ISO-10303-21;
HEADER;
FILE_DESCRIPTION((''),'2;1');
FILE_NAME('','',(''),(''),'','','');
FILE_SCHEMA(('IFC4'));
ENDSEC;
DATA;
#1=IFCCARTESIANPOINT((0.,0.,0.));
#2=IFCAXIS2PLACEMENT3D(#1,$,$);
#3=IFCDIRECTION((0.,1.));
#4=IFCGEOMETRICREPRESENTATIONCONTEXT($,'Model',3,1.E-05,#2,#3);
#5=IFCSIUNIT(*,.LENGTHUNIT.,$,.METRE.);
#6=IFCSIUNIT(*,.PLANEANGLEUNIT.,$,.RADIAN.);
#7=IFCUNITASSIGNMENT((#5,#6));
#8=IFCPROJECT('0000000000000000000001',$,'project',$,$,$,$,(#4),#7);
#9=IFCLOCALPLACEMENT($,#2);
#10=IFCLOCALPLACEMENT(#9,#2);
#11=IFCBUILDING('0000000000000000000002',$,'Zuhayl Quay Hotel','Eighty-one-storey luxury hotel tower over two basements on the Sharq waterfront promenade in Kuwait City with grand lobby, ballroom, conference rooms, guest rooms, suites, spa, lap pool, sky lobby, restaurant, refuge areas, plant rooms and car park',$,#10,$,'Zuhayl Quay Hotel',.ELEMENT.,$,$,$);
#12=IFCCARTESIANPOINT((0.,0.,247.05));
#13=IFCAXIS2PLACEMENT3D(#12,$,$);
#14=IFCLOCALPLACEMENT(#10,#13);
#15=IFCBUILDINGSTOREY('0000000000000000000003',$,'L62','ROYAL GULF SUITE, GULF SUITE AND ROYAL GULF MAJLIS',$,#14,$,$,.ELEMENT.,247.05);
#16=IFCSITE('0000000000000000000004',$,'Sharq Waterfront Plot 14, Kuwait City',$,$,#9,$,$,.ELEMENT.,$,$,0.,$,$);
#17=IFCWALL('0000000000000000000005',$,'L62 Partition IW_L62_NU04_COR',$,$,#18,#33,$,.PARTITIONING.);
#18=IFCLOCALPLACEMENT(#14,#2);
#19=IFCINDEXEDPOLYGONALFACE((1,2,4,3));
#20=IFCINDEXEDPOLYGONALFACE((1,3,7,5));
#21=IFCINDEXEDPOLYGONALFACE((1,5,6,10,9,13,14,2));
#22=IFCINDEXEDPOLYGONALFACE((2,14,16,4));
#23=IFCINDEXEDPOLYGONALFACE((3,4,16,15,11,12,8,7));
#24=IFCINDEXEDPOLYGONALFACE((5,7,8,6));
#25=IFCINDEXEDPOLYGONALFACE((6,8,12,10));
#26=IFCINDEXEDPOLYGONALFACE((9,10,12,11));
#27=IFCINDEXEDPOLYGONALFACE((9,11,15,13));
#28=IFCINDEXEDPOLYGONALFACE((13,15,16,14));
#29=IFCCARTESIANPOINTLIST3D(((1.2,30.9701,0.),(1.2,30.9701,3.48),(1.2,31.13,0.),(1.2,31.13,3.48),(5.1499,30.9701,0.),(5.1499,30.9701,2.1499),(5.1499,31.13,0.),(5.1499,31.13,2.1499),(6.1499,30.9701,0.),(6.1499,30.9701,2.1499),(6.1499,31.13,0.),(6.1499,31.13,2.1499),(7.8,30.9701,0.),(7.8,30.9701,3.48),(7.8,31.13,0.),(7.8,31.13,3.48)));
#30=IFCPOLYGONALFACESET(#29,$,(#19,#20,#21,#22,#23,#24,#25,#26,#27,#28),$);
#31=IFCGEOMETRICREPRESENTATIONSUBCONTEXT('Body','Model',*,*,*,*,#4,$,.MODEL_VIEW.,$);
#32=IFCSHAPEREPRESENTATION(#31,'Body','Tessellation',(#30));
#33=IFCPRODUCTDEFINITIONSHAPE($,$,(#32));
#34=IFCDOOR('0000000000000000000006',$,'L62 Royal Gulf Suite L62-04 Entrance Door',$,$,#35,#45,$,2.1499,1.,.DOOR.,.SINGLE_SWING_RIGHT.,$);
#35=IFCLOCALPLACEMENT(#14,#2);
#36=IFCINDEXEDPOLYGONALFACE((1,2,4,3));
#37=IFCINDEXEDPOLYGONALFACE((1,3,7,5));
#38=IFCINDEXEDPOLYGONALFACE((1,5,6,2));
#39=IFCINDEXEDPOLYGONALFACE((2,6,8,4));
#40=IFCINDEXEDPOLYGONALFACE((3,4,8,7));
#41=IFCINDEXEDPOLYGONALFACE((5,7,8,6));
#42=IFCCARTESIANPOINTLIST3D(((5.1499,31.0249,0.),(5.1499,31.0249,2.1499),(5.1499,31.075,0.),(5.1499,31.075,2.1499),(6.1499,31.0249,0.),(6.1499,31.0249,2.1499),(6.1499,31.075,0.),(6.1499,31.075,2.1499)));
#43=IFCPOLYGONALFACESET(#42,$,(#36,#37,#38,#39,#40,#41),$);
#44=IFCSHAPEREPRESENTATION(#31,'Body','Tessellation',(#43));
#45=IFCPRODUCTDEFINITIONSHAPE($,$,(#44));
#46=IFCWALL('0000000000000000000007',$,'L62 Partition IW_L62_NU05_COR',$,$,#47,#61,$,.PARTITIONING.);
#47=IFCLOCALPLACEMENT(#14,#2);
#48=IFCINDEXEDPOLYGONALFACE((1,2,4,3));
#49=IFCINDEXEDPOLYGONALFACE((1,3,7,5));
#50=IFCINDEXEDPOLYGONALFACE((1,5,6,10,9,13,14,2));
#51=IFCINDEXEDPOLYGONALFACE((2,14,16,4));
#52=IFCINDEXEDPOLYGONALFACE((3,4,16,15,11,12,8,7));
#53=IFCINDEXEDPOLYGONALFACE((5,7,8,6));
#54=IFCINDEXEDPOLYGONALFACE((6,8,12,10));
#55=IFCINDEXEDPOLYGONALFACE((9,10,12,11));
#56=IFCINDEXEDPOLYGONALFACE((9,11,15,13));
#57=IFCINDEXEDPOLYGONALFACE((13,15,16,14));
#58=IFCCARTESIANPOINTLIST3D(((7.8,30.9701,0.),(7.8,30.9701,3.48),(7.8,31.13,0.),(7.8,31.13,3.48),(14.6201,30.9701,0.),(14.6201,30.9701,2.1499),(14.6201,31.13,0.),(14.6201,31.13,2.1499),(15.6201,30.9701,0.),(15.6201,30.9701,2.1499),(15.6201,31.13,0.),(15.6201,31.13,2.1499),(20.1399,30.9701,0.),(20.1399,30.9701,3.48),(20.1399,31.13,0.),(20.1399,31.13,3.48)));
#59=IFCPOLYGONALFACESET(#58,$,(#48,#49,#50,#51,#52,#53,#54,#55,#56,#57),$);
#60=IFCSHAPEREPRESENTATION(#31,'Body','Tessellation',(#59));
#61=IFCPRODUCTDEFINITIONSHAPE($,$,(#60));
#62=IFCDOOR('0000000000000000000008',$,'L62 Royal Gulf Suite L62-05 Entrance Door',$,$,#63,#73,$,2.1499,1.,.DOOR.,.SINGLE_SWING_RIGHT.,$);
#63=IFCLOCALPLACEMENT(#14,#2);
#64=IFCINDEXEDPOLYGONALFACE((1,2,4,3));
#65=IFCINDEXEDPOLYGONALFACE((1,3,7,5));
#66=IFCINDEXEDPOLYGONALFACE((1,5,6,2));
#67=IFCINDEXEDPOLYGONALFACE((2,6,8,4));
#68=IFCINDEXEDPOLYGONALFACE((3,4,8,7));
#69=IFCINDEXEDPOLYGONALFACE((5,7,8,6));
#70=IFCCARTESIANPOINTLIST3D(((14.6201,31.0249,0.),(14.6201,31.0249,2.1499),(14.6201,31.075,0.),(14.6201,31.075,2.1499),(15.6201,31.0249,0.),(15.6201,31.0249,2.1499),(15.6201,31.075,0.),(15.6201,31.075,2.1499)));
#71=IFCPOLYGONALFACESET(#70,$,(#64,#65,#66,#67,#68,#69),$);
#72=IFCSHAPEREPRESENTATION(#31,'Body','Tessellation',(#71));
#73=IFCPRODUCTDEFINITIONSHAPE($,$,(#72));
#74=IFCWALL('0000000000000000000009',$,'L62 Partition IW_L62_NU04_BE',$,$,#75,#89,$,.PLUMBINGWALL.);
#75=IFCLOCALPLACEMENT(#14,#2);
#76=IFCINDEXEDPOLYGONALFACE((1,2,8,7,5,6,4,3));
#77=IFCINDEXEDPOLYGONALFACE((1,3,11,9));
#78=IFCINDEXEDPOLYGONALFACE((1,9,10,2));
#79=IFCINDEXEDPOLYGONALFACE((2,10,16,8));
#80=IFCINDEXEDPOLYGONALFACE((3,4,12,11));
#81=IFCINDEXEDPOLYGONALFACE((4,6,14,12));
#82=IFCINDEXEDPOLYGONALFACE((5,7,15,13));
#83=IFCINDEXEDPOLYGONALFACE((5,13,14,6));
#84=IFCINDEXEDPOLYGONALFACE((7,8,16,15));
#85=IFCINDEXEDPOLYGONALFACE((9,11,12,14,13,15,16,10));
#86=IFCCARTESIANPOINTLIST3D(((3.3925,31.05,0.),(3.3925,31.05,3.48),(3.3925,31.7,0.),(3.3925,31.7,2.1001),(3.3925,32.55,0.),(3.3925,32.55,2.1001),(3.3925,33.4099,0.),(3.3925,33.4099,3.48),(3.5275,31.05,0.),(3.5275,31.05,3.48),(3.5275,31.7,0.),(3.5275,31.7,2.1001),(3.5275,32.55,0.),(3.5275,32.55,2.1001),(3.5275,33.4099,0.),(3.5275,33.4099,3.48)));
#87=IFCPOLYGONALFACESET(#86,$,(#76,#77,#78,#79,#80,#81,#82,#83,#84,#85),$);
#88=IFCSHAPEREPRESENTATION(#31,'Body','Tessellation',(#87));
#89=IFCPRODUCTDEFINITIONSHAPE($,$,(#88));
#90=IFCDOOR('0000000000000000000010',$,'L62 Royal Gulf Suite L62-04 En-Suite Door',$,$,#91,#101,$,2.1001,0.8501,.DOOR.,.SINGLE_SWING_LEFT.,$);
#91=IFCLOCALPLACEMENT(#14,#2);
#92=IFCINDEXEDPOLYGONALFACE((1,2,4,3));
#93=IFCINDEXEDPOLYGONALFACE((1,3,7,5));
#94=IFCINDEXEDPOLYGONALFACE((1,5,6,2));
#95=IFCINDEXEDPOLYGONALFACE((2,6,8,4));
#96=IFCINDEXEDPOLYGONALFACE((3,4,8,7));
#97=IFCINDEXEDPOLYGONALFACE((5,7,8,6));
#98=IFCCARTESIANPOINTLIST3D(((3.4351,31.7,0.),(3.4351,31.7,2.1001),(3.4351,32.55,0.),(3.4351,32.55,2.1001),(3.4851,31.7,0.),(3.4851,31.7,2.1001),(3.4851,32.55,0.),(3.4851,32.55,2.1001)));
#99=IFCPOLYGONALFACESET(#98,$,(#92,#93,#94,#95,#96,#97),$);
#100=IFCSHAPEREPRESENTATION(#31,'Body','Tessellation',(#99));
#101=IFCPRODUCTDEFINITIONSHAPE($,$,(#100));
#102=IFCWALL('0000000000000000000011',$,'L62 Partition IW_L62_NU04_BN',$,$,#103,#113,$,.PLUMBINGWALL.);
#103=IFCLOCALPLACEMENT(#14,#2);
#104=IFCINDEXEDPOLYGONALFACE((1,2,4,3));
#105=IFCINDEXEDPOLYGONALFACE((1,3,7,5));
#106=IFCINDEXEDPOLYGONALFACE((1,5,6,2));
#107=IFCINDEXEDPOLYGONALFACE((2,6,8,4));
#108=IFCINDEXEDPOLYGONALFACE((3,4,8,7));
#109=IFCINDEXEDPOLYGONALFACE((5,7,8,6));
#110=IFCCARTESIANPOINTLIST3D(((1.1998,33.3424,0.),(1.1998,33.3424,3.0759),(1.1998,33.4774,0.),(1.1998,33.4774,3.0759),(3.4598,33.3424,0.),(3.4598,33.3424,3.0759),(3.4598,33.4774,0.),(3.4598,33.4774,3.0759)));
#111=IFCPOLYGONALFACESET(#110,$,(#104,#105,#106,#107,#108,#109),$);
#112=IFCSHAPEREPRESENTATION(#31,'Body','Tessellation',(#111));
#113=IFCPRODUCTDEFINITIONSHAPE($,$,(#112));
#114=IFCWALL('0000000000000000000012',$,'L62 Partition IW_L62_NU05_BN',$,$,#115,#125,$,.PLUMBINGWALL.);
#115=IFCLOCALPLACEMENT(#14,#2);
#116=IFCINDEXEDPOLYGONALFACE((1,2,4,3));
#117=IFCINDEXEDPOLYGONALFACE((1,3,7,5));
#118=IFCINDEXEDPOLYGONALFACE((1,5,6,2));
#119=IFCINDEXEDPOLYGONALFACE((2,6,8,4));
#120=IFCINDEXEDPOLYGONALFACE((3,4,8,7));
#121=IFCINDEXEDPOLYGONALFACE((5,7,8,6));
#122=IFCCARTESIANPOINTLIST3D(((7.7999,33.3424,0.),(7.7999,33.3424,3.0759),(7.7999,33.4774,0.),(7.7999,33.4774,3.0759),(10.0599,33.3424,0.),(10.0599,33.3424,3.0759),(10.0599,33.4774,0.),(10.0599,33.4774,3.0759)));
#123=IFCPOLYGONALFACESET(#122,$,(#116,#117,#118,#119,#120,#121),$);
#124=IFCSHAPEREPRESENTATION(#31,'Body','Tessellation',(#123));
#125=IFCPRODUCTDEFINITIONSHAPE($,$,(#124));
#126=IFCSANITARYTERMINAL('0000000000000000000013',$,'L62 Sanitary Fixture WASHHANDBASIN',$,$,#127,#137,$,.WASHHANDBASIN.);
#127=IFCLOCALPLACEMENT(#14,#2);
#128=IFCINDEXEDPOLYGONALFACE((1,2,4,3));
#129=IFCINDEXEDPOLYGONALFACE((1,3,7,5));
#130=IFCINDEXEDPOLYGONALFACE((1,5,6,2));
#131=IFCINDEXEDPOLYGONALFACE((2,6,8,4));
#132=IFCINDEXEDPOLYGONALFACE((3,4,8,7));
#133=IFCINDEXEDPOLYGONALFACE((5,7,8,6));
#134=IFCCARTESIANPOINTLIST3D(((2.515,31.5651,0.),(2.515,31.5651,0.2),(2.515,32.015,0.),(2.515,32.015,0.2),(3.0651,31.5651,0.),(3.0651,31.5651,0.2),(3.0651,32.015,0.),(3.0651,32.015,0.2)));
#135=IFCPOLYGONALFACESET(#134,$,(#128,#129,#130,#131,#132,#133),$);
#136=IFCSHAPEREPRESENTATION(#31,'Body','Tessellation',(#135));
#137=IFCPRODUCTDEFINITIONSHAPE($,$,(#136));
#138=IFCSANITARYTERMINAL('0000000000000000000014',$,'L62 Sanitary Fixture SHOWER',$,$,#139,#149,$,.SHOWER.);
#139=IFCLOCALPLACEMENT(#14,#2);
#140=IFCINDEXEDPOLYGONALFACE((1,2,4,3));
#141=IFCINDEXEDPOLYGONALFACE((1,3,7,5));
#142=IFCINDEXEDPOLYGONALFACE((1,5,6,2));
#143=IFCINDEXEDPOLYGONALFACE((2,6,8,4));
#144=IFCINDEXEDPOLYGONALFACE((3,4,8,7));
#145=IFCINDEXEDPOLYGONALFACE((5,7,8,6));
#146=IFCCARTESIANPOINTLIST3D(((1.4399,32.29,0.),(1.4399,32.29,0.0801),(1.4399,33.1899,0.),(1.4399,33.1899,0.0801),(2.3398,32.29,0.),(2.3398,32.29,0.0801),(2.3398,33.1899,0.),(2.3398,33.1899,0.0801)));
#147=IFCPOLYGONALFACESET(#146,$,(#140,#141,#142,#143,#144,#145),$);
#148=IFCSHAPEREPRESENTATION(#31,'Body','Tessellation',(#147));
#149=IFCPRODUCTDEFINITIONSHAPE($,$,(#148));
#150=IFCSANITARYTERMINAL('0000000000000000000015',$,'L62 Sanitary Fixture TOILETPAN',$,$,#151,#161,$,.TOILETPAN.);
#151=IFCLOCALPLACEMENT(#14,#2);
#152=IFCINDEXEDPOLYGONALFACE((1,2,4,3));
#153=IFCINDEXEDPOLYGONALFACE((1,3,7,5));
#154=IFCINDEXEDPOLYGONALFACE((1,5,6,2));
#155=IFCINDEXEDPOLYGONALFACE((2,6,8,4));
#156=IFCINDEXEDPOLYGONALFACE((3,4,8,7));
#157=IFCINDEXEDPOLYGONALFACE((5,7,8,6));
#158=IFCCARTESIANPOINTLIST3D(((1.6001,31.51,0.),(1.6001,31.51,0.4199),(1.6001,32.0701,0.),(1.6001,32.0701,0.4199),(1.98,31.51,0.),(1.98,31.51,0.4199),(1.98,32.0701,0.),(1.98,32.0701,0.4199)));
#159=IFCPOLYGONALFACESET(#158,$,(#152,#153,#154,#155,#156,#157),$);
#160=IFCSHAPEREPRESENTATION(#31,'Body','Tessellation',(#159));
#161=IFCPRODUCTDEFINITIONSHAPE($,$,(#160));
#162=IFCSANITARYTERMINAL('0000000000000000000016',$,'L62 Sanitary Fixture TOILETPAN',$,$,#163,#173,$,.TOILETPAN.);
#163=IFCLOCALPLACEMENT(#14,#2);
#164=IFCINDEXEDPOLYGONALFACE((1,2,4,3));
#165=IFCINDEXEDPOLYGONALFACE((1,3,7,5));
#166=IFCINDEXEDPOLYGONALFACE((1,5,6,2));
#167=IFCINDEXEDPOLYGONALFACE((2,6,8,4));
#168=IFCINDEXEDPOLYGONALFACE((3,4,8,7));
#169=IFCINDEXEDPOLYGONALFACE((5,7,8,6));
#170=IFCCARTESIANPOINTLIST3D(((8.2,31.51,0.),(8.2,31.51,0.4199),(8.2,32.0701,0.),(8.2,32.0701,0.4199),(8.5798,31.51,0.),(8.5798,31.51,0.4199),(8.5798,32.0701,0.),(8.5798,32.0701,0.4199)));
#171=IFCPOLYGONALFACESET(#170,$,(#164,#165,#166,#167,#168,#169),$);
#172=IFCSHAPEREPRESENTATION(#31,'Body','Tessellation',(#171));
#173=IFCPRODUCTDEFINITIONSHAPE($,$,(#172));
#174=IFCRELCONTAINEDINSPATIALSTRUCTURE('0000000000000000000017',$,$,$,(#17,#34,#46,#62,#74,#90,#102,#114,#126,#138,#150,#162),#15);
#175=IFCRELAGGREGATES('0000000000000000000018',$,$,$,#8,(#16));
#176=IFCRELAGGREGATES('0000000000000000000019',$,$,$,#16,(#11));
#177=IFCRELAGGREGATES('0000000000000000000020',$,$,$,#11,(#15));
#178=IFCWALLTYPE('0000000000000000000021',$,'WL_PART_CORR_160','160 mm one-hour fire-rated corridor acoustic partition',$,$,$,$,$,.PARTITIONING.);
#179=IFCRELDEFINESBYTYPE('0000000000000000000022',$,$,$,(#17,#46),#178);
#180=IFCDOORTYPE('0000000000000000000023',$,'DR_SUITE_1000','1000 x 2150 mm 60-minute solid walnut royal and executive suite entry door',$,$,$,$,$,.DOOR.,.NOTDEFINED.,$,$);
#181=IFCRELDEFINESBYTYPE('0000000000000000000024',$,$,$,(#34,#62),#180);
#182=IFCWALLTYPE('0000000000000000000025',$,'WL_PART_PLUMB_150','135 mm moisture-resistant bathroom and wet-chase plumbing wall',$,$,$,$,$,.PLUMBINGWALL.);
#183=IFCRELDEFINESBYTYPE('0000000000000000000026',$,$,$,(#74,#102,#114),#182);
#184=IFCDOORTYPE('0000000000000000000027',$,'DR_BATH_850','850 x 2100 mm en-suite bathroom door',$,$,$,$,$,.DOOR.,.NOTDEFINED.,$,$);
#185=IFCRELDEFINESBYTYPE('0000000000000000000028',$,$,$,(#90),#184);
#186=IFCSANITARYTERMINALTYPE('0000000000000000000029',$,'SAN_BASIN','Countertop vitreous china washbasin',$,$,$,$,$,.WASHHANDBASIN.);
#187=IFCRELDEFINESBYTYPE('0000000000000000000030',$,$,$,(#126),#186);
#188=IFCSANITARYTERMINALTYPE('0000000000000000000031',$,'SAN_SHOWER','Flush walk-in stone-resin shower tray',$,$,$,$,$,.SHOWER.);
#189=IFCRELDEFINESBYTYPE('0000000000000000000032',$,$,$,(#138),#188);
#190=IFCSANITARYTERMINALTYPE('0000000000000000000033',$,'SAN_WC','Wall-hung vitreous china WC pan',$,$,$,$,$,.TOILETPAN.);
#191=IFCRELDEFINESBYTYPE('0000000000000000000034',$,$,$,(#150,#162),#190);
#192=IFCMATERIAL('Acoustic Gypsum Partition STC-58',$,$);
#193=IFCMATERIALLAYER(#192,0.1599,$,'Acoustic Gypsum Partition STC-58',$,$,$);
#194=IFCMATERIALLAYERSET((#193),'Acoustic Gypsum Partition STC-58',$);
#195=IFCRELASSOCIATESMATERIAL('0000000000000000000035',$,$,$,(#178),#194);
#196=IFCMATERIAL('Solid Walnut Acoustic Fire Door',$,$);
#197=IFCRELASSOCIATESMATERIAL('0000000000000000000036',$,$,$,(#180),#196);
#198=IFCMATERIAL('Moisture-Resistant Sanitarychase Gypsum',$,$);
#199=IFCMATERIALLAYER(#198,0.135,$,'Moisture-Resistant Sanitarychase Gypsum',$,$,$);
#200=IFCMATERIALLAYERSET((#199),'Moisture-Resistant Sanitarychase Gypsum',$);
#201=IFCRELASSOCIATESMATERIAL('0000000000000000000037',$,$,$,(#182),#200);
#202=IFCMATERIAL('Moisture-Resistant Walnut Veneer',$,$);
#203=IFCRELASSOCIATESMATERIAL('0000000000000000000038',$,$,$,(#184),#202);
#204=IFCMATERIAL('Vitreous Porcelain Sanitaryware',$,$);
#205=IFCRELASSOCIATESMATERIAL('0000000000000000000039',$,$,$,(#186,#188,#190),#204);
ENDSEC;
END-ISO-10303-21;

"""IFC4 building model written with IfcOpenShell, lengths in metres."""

from ifc_helpers import new_model, si_unit, direction, frame, frame_2d, origin, origin_2d, place, context, subcontext, project, spatial, rectangle, extrude, material, layer, layer_set, type_object, element, fill, save


model = new_model("IFC4")

# Units and contexts
model_context = context("Model", 3, precision=1e-05, world=origin(), true_north=direction((0.0, 1.0)))
body_context = subcontext(model_context, "Body", "Model", "MODEL_VIEW")
ifc_project = project(units=[si_unit("LENGTHUNIT", "METRE"), si_unit("PLANEANGLEUNIT", "RADIAN")], contexts=[model_context])

# Site, building, storey
site_placement = place(None, origin())
site = spatial("IfcSite", under=ifc_project, at=site_placement, Name="Sharq Waterfront Plot 14, Kuwait City", CompositionType="ELEMENT", RefElevation=0.0)
building_placement = place(site_placement, origin())
building = spatial("IfcBuilding", under=site, at=building_placement, Name="Zuhayl Quay Hotel", Description="Eighty-one-storey luxury hotel tower over two basements on the Sharq waterfront promenade in Kuwait City with grand lobby, ballroom, conference rooms, guest rooms, suites, spa, lap pool, sky lobby, restaurant, refuge areas, plant rooms and car park", LongName="Zuhayl Quay Hotel", CompositionType="ELEMENT")
storey_placement = place(building_placement, frame((0.0, 0.0, 247.05)))
storey = spatial("IfcBuildingStorey", under=building, at=storey_placement, Name="L62", Description="ROYAL GULF SUITE, GULF SUITE AND ROYAL GULF MAJLIS", CompositionType="ELEMENT", Elevation=247.05)

# Shared definitions
ifc_material_1 = material(Name="Acoustic Gypsum Partition STC-58")

# Walls, openings, doors
ifc_layer_1 = layer(ifc_material_1, 0.1599, Name="Acoustic Gypsum Partition STC-58")
ifc_layer_set_1 = layer_set([ifc_layer_1], Name="Acoustic Gypsum Partition STC-58")
wall_type_1 = type_object("IfcWallType", Name="WL_PART_CORR_160", Description="160 mm one-hour fire-rated corridor acoustic partition", PredefinedType="PARTITIONING", material=ifc_layer_set_1)
wall_1_placement = place(storey_placement, frame((1.2, 31.05, 0.0), z_axis=(0.0, 0.0, 1.0), x_axis=(1.0, 0.0, 0.0)))
wall_1 = element("IfcWall", 1, at=wall_1_placement, inside=storey, type_object=wall_type_1, Name="L62 Partition IW_L62_NU04_COR", PredefinedType="PARTITIONING", context=body_context, shape_type="SweptSolid", body=[
    extrude(rectangle(XDim=6.6001, YDim=0.1599, at=frame_2d((3.3, 0.0))), origin(), (0.0, 0.0, 1.0), 3.48),
])
opening_1_placement = place(wall_1_placement, frame((3.95, 0.0, 0.0)))
opening_1 = element("IfcOpeningElement", 2, at=opening_1_placement, cuts=wall_1, PredefinedType="OPENING", context=body_context, shape_type="SweptSolid", body=[
    extrude(rectangle(XDim=1.0, YDim=2.1499, at=frame_2d((0.5, 1.075))), frame((0.0, 0.0898, 0.0), z_axis=(0.0, -1.0, 0.0), x_axis=(1.0, 0.0, 0.0)), (0.0, 0.0, 1.0), 0.1799),
])
ifc_material_2 = material(Name="Solid Walnut Acoustic Fire Door")
door_type_1 = type_object("IfcDoorType", Name="DR_SUITE_1000", Description="1000 x 2150 mm 60-minute solid walnut royal and executive suite entry door", OperationType="NOTDEFINED", PredefinedType="DOOR", material=ifc_material_2)
door_1_placement = place(opening_1_placement, origin())
door_1 = element("IfcDoor", 3, at=door_1_placement, inside=storey, type_object=door_type_1, Name="L62 Royal Gulf Suite L62-04 Entrance Door", OperationType="SINGLE_SWING_RIGHT", OverallHeight=2.1499, OverallWidth=1.0, PredefinedType="DOOR", context=body_context, shape_type="SweptSolid", body=[
    extrude(rectangle(XDim=1.0, YDim=2.1499, at=frame_2d((0.5, 1.075))), frame((0.0, 0.0249, 0.0), z_axis=(0.0, -1.0, 0.0), x_axis=(1.0, 0.0, 0.0)), (0.0, 0.0, 1.0), 0.05),
])
fill(opening_1, door_1)
wall_2_placement = place(storey_placement, frame((7.8, 31.05, 0.0), z_axis=(0.0, 0.0, 1.0), x_axis=(1.0, 0.0, 0.0)))
wall_2 = element("IfcWall", 4, at=wall_2_placement, inside=storey, type_object=wall_type_1, Name="L62 Partition IW_L62_NU05_COR", PredefinedType="PARTITIONING", context=body_context, shape_type="SweptSolid", body=[
    extrude(rectangle(XDim=12.3398, YDim=0.1599, at=frame_2d((6.1699, 0.0))), origin(), (0.0, 0.0, 1.0), 3.48),
])
opening_2_placement = place(wall_2_placement, frame((6.8201, 0.0, 0.0)))
opening_2 = element("IfcOpeningElement", 5, at=opening_2_placement, cuts=wall_2, PredefinedType="OPENING", context=body_context, shape_type="SweptSolid", body=[
    extrude(rectangle(XDim=1.0, YDim=2.1499, at=frame_2d((0.5, 1.075))), frame((0.0, 0.0898, 0.0), z_axis=(0.0, -1.0, 0.0), x_axis=(1.0, 0.0, 0.0)), (0.0, 0.0, 1.0), 0.1799),
])
door_2_placement = place(opening_2_placement, origin())
door_2 = element("IfcDoor", 6, at=door_2_placement, inside=storey, type_object=door_type_1, Name="L62 Royal Gulf Suite L62-05 Entrance Door", OperationType="SINGLE_SWING_RIGHT", OverallHeight=2.1499, OverallWidth=1.0, PredefinedType="DOOR", context=body_context, shape_type="SweptSolid", body=[
    extrude(rectangle(XDim=1.0, YDim=2.1499, at=frame_2d((0.5, 1.075))), frame((0.0, 0.0249, 0.0), z_axis=(0.0, -1.0, 0.0), x_axis=(1.0, 0.0, 0.0)), (0.0, 0.0, 1.0), 0.05),
])
fill(opening_2, door_2)
ifc_material_3 = material(Name="Moisture-Resistant Sanitarychase Gypsum")
ifc_layer_2 = layer(ifc_material_3, 0.135, Name="Moisture-Resistant Sanitarychase Gypsum")
ifc_layer_set_2 = layer_set([ifc_layer_2], Name="Moisture-Resistant Sanitarychase Gypsum")
wall_type_2 = type_object("IfcWallType", Name="WL_PART_PLUMB_150", Description="135 mm moisture-resistant bathroom and wet-chase plumbing wall", PredefinedType="PLUMBINGWALL", material=ifc_layer_set_2)
wall_3_placement = place(storey_placement, frame((3.46, 31.05, 0.0), z_axis=(0.0, 0.0, 1.0), x_axis=(0.0, 1.0, 0.0)))
wall_3 = element("IfcWall", 7, at=wall_3_placement, inside=storey, type_object=wall_type_2, Name="L62 Partition IW_L62_NU04_BE", PredefinedType="PLUMBINGWALL", context=body_context, shape_type="SweptSolid", body=[
    extrude(rectangle(XDim=2.3599, YDim=0.135, at=frame_2d((1.1799, 0.0))), origin(), (0.0, 0.0, 1.0), 3.48),
])
opening_3_placement = place(wall_3_placement, frame((0.6499, 0.0, 0.0)))
opening_3 = element("IfcOpeningElement", 8, at=opening_3_placement, cuts=wall_3, PredefinedType="OPENING", context=body_context, shape_type="SweptSolid", body=[
    extrude(rectangle(XDim=0.8501, YDim=2.1001, at=frame_2d((0.425, 1.05))), frame((0.0, 0.0774, 0.0), z_axis=(0.0, -1.0, 0.0), x_axis=(1.0, 0.0, 0.0)), (0.0, 0.0, 1.0), 0.155),
])
ifc_material_4 = material(Name="Moisture-Resistant Walnut Veneer")
door_type_2 = type_object("IfcDoorType", Name="DR_BATH_850", Description="850 x 2100 mm en-suite bathroom door", OperationType="NOTDEFINED", PredefinedType="DOOR", material=ifc_material_4)
door_3_placement = place(opening_3_placement, origin())
door_3 = element("IfcDoor", 9, at=door_3_placement, inside=storey, type_object=door_type_2, Name="L62 Royal Gulf Suite L62-04 En-Suite Door", OperationType="SINGLE_SWING_LEFT", OverallHeight=2.1001, OverallWidth=0.8501, PredefinedType="DOOR", context=body_context, shape_type="SweptSolid", body=[
    extrude(rectangle(XDim=0.8501, YDim=2.1001, at=frame_2d((0.425, 1.05))), frame((0.0, 0.0249, 0.0), z_axis=(0.0, -1.0, 0.0), x_axis=(1.0, 0.0, 0.0)), (0.0, 0.0, 1.0), 0.05),
])
fill(opening_3, door_3)

# Walls
for number, where, z_axis, x_axis, name in (
    (10, (1.2, 33.4099, 0.0), (0.0, 0.0, 1.0), (1.0, 0.0, 0.0), "L62 Partition IW_L62_NU04_BN"),
    (11, (7.8, 33.4099, 0.0), (0.0, 0.0, 1.0), (1.0, 0.0, 0.0), "L62 Partition IW_L62_NU05_BN"),
):
    element("IfcWall", number, at=place(storey_placement, frame(where, z_axis=z_axis, x_axis=x_axis)), inside=storey, type_object=wall_type_2, Name=name, PredefinedType="PLUMBINGWALL", context=body_context, shape_type="SweptSolid", body=[
        extrude(rectangle(XDim=2.26, YDim=0.135, at=frame_2d((1.1299, 0.0))), origin(), (0.0, 0.0, 1.0), 3.0759),
    ])

# Sanitary terminals
ifc_material_5 = material(Name="Vitreous Porcelain Sanitaryware")
sanitary_terminal_type_1 = type_object("IfcSanitaryTerminalType", Name="SAN_BASIN", Description="Countertop vitreous china washbasin", PredefinedType="WASHHANDBASIN", material=ifc_material_5)
sanitary_terminal_1_placement = place(storey_placement, frame((2.79, 31.79, 0.0), z_axis=(0.0, 0.0, 1.0), x_axis=(1.0, 0.0, 0.0)))
element("IfcSanitaryTerminal", 12, at=sanitary_terminal_1_placement, inside=storey, type_object=sanitary_terminal_type_1, Name="L62 Sanitary Fixture WASHHANDBASIN", PredefinedType="WASHHANDBASIN", context=body_context, shape_type="SweptSolid", body=[
    extrude(rectangle(XDim=0.55, YDim=0.45, at=origin_2d()), origin(), (0.0, 0.0, 1.0), 0.2),
])
sanitary_terminal_type_2 = type_object("IfcSanitaryTerminalType", Name="SAN_SHOWER", Description="Flush walk-in stone-resin shower tray", PredefinedType="SHOWER", material=ifc_material_5)
sanitary_terminal_2_placement = place(storey_placement, frame((1.8899, 32.74, 0.0), z_axis=(0.0, 0.0, 1.0), x_axis=(1.0, 0.0, 0.0)))
element("IfcSanitaryTerminal", 13, at=sanitary_terminal_2_placement, inside=storey, type_object=sanitary_terminal_type_2, Name="L62 Sanitary Fixture SHOWER", PredefinedType="SHOWER", context=body_context, shape_type="SweptSolid", body=[
    extrude(rectangle(XDim=0.8999, YDim=0.8999, at=origin_2d()), origin(), (0.0, 0.0, 1.0), 0.0801),
])
sanitary_terminal_type_3 = type_object("IfcSanitaryTerminalType", Name="SAN_WC", Description="Wall-hung vitreous china WC pan", PredefinedType="TOILETPAN", material=ifc_material_5)
for number, where, z_axis, x_axis, name in (
    (14, (1.79, 31.79, 0.0), (0.0, 0.0, 1.0), (1.0, 0.0, 0.0), "L62 Sanitary Fixture TOILETPAN"),
    (15, (8.3899, 31.79, 0.0), (0.0, 0.0, 1.0), (1.0, 0.0, 0.0), "L62 Sanitary Fixture TOILETPAN"),
):
    element("IfcSanitaryTerminal", number, at=place(storey_placement, frame(where, z_axis=z_axis, x_axis=x_axis)), inside=storey, type_object=sanitary_terminal_type_3, Name=name, PredefinedType="TOILETPAN", context=body_context, shape_type="SweptSolid", body=[
        extrude(rectangle(XDim=0.3799, YDim=0.5601, at=origin_2d()), origin(), (0.0, 0.0, 1.0), 0.4199),
    ])

save(model, "model.ifc")
